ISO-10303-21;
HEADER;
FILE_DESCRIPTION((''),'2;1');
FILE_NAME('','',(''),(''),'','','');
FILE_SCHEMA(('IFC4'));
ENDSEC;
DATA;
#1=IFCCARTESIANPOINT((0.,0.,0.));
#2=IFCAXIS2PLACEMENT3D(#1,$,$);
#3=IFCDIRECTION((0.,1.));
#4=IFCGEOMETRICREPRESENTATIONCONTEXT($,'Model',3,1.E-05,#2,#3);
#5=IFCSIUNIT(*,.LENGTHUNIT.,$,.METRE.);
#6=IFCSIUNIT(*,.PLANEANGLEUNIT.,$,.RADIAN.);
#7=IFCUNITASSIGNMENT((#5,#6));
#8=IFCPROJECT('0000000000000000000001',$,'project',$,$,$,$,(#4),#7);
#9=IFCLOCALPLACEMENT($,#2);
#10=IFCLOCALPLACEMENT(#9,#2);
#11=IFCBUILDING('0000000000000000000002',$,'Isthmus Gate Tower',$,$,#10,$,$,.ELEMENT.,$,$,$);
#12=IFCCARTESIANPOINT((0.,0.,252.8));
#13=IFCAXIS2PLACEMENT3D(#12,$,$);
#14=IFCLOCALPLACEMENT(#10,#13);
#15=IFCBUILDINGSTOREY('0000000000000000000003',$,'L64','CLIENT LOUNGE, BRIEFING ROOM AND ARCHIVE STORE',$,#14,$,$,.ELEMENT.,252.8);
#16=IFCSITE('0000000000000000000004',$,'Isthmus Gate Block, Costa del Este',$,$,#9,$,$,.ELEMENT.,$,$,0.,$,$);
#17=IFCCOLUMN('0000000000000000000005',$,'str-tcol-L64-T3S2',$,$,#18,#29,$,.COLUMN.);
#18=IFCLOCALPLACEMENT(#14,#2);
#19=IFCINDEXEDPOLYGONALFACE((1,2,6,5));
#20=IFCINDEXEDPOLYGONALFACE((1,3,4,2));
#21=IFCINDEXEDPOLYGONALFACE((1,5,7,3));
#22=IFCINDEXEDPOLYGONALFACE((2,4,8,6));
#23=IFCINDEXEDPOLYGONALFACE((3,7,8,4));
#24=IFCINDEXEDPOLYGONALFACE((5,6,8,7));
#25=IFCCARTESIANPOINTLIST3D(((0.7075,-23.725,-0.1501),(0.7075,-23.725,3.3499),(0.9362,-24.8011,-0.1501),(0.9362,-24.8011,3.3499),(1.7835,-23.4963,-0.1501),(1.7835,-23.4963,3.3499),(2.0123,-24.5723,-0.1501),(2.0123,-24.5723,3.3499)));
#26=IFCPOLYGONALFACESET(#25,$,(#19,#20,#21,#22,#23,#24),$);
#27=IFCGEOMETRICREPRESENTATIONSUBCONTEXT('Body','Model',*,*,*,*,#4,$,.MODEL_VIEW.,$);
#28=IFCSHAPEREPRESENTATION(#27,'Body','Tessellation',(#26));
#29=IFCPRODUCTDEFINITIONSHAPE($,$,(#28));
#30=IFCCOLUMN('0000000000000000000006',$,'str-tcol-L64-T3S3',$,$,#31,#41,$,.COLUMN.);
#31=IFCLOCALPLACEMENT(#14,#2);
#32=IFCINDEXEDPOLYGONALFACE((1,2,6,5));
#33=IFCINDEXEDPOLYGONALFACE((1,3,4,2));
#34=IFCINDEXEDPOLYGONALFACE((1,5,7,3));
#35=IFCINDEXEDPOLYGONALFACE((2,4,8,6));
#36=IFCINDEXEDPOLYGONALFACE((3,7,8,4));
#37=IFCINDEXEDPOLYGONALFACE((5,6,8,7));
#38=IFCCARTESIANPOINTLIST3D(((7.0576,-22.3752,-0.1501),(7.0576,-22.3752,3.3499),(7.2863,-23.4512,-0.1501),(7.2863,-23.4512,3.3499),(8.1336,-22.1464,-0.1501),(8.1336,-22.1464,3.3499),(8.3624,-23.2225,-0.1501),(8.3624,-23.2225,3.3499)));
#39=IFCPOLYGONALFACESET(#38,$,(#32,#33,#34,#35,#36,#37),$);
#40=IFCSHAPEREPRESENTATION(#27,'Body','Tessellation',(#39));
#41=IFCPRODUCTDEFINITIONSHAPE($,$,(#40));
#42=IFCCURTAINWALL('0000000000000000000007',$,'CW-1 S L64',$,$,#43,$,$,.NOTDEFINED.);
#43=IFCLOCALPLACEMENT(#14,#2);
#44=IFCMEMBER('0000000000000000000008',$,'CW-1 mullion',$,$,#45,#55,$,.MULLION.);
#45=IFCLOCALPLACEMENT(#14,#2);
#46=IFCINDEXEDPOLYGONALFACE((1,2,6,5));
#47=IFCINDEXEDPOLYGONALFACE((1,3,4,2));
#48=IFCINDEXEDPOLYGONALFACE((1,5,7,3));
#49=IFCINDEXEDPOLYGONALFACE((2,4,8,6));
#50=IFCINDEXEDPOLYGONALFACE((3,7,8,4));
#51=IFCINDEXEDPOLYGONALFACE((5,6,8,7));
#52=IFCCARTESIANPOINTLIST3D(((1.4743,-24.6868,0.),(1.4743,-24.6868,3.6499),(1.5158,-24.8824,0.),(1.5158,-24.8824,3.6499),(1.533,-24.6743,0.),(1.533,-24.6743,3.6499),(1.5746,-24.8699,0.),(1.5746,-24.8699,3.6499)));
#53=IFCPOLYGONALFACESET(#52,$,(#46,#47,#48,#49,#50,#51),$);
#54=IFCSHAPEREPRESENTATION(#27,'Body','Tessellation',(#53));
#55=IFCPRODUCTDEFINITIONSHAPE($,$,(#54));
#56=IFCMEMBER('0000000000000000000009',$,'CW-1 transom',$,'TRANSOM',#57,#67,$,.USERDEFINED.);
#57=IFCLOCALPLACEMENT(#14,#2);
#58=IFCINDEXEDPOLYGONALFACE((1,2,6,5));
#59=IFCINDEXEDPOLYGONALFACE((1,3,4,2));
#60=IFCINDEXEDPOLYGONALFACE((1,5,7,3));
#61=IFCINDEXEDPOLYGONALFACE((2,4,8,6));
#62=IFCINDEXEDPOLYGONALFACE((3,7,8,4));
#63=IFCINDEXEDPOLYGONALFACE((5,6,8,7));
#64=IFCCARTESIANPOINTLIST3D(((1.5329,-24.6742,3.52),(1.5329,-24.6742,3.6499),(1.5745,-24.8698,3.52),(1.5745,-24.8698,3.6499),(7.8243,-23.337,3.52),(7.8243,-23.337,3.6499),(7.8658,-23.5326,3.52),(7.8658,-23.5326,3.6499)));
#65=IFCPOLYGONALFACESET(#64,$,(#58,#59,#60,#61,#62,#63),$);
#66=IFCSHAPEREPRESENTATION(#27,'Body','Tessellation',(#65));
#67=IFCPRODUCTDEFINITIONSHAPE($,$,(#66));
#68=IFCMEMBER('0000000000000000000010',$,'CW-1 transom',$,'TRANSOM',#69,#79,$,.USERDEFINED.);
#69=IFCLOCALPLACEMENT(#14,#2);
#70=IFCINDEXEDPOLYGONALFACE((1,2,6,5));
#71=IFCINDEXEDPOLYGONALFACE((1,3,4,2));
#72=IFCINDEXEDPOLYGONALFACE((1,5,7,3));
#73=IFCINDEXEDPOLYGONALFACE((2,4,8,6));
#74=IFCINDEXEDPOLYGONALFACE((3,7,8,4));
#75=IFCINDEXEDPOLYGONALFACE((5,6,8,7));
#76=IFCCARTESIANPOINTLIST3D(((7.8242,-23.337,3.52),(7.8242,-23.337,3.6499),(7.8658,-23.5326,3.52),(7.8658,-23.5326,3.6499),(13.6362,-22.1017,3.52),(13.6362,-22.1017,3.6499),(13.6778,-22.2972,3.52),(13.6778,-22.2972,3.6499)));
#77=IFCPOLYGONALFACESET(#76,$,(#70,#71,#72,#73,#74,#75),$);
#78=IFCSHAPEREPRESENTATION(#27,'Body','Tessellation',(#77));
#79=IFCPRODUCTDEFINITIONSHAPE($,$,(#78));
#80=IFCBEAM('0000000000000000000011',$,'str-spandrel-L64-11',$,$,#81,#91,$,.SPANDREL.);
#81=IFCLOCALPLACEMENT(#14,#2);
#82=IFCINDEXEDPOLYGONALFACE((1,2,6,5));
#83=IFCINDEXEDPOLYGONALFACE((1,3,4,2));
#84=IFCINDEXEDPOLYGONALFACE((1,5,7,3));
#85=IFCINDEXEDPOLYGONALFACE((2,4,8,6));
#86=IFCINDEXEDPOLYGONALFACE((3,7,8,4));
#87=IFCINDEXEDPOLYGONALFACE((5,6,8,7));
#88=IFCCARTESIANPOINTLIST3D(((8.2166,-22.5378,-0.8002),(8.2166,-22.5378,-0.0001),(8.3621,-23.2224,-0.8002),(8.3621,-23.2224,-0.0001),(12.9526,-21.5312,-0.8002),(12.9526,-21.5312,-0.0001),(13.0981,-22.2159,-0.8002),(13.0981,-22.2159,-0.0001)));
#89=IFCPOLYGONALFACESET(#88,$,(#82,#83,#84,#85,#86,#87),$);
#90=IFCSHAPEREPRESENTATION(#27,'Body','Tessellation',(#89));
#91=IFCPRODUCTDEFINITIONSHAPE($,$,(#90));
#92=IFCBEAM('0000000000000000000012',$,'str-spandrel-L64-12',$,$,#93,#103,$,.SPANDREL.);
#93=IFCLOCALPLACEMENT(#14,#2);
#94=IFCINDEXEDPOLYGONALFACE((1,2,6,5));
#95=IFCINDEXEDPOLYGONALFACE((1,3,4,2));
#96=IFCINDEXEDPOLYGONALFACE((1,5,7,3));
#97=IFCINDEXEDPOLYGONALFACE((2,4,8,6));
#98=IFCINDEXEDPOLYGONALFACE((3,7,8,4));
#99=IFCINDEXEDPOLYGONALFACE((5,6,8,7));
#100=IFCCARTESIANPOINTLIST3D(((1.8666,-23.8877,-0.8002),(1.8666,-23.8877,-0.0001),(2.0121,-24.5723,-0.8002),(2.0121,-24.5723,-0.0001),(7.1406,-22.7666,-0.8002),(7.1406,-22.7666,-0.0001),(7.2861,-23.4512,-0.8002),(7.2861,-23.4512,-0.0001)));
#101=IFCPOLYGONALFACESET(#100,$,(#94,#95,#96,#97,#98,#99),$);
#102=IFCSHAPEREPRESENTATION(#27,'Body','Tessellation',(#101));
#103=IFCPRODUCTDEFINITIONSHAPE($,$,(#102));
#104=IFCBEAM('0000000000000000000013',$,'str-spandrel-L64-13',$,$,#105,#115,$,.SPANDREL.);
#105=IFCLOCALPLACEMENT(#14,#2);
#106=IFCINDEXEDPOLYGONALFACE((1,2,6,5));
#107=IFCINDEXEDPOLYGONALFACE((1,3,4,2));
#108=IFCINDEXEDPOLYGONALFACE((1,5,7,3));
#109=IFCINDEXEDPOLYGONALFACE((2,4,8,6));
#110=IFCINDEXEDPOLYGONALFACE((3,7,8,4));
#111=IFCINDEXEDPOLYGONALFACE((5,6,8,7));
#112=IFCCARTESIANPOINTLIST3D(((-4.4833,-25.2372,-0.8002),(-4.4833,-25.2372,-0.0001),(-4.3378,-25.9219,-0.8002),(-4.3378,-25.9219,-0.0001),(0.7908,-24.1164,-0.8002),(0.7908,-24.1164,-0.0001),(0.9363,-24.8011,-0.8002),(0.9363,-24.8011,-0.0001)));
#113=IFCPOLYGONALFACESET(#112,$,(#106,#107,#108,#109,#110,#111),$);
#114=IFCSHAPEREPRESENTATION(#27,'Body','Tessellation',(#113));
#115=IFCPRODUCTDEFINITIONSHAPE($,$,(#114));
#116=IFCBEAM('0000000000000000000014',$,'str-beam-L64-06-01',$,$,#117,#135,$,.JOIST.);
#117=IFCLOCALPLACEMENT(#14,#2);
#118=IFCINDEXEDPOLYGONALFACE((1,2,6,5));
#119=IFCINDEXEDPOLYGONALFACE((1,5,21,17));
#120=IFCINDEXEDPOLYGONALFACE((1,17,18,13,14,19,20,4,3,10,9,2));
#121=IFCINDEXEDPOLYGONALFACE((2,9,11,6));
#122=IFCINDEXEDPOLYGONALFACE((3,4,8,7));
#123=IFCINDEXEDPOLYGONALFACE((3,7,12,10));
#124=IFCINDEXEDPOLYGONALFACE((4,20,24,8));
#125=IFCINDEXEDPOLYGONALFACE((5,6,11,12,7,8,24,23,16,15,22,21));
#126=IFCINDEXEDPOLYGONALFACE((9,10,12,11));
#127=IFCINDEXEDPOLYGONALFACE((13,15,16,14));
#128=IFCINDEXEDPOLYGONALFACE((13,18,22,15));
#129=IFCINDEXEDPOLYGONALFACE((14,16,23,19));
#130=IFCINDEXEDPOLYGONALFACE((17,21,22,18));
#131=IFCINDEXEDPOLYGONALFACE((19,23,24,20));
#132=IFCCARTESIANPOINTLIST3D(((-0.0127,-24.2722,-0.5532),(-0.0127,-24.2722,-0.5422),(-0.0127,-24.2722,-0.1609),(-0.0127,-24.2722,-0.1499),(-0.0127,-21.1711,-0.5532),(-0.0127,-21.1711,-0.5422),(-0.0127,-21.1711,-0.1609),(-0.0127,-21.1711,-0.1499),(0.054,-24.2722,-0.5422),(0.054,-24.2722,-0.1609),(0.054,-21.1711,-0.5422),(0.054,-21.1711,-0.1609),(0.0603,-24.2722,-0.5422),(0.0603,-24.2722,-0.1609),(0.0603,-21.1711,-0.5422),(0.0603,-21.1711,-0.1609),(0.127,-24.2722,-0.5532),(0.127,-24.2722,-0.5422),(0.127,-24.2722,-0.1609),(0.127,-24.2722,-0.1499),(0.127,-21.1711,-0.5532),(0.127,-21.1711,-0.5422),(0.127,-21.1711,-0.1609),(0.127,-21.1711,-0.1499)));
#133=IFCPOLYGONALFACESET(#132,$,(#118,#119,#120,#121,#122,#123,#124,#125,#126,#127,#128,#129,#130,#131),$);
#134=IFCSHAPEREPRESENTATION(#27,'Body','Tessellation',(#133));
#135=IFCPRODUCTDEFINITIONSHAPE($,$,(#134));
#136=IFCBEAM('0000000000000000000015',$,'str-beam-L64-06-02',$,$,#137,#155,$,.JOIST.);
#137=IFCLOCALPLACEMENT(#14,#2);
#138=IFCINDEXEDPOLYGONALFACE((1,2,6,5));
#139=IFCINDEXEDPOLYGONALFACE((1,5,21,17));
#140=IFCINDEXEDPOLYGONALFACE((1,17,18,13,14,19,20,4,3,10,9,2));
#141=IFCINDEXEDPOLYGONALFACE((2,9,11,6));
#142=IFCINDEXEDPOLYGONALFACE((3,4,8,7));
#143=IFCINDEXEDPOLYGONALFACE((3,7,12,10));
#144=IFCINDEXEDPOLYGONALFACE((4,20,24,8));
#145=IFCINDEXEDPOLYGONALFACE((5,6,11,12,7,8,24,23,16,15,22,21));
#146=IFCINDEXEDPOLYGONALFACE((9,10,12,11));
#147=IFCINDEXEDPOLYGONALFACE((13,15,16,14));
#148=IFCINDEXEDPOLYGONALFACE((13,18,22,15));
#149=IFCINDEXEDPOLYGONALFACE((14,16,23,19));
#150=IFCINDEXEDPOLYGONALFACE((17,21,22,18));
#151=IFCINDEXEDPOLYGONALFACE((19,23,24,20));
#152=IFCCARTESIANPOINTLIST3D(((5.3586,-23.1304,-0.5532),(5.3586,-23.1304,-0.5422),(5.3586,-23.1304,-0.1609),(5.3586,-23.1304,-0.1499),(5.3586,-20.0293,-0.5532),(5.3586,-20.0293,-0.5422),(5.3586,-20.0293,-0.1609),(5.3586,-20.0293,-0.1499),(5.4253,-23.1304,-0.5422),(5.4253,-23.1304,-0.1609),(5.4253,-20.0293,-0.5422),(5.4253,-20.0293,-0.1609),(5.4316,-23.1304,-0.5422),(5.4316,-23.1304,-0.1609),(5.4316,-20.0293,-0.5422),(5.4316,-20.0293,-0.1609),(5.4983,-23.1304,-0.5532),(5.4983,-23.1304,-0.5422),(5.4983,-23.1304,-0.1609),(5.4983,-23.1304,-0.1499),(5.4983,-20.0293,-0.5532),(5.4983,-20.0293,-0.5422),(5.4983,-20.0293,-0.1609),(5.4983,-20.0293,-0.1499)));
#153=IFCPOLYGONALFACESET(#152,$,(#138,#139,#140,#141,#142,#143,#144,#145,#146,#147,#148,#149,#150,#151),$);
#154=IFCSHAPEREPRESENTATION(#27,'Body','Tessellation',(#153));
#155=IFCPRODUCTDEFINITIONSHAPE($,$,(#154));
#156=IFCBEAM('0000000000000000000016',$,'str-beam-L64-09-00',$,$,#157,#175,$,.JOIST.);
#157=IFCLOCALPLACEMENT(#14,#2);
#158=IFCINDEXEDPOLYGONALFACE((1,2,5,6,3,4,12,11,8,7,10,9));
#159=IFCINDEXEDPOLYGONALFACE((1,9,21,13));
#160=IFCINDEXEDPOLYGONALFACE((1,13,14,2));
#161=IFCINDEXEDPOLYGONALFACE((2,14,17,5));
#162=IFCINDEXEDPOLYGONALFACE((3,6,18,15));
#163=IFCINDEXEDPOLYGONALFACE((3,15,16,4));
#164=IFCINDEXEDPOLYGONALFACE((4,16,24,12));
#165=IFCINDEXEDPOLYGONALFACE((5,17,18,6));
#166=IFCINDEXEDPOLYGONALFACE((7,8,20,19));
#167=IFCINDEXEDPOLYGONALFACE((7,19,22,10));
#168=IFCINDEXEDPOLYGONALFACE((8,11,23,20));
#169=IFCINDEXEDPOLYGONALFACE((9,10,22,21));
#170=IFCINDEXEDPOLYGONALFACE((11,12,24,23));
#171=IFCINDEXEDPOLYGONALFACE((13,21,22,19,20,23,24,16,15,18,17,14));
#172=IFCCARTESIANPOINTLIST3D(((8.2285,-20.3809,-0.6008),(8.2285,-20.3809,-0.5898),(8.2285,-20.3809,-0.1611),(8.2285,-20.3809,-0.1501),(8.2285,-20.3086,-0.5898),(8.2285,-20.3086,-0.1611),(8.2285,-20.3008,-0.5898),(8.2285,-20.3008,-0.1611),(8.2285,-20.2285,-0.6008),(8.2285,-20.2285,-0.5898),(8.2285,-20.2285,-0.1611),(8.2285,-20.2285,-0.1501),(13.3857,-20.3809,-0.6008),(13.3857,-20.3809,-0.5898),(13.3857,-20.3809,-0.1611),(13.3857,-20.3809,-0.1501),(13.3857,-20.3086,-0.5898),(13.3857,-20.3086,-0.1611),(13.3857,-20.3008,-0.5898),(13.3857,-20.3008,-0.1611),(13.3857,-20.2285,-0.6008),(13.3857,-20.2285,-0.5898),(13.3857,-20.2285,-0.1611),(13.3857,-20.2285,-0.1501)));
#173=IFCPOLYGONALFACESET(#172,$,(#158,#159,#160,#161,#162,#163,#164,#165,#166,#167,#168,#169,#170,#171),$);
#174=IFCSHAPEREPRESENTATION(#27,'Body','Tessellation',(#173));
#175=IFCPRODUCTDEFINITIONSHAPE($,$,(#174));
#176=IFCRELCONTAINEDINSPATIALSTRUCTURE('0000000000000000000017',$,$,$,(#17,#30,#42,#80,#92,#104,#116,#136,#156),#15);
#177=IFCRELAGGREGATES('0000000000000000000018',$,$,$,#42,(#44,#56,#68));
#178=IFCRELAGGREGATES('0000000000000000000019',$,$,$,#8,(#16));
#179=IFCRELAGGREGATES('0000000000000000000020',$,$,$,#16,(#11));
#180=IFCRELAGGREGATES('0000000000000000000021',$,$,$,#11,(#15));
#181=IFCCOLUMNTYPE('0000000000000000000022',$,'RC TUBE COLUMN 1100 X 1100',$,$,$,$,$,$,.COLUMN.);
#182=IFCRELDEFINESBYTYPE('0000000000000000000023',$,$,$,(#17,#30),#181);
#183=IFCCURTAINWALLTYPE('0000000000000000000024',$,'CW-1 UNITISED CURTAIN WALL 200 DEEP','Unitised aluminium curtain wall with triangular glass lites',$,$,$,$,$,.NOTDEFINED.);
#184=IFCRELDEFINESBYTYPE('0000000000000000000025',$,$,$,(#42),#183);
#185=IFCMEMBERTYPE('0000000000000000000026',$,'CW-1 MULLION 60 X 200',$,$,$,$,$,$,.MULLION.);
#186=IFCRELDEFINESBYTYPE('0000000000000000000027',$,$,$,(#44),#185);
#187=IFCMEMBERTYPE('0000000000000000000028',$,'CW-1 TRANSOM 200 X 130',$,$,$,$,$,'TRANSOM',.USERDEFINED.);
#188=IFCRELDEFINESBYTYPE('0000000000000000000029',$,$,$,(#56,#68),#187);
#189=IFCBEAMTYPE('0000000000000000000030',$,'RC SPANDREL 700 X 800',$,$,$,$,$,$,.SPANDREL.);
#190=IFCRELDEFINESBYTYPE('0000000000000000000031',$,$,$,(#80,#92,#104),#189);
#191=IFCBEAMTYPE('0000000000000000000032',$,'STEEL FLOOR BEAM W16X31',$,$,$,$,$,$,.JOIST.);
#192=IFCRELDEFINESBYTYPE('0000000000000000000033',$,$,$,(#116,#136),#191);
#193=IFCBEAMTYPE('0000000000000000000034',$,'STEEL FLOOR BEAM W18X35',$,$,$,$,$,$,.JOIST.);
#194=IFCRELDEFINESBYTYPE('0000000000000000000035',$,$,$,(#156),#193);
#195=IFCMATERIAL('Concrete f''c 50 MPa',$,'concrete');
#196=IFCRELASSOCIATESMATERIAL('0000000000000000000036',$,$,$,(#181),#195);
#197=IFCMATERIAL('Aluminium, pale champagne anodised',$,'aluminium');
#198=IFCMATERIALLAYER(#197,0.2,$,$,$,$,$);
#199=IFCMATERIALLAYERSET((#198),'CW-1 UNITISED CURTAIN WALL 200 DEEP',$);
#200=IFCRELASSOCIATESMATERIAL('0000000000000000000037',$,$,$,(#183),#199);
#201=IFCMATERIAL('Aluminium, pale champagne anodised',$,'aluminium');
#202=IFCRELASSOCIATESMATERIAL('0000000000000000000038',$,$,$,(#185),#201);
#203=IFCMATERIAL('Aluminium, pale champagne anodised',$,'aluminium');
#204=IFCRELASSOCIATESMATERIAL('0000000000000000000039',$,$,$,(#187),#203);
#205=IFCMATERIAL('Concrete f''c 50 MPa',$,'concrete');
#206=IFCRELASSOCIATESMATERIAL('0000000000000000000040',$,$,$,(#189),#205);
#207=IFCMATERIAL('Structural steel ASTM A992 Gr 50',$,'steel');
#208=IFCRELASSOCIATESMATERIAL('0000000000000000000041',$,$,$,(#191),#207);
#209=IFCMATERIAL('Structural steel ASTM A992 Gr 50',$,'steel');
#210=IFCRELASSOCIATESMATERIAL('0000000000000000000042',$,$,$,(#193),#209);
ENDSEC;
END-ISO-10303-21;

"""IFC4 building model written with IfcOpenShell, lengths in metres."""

from ifc_helpers import new_model, si_unit, direction, frame, origin, origin_2d, place, context, subcontext, project, spatial, rectangle, i_section, extrude, material, layer, layer_set, material_profile, profile_set, type_object, element, aggregate, save


model = new_model("IFC4")

# Units and contexts
model_context = context("Model", 3, precision=1e-05, world=origin(), true_north=direction((0.0, 1.0)))
body_context = subcontext(model_context, "Body", "Model", "MODEL_VIEW")
ifc_project = project(units=[si_unit("LENGTHUNIT", "METRE"), si_unit("PLANEANGLEUNIT", "RADIAN")], contexts=[model_context])

# Site, building, storey
site_placement = place(None, origin())
site = spatial("IfcSite", under=ifc_project, at=site_placement, Name="Isthmus Gate Block, Costa del Este", CompositionType="ELEMENT", RefElevation=0.0)
building_placement = place(site_placement, origin())
building = spatial("IfcBuilding", under=site, at=building_placement, Name="Isthmus Gate Tower", CompositionType="ELEMENT")
storey_placement = place(building_placement, frame((0.0, 0.0, 252.8)))
storey = spatial("IfcBuildingStorey", under=building, at=storey_placement, Name="L64", Description="CLIENT LOUNGE, BRIEFING ROOM AND ARCHIVE STORE", CompositionType="ELEMENT", Elevation=252.8)

# Columns
ifc_material_1 = material(Name="Concrete f'c 50 MPa", Category="concrete")
ifc_material_profile_1 = material_profile(ifc_material_1, rectangle(XDim=1.1001, YDim=1.1001, at=origin_2d()), Name="RC 1100X1100")
ifc_profile_set_1 = profile_set([ifc_material_profile_1], Name="Concrete f'c 50 MPa")
column_type = type_object("IfcColumnType", Name="RC TUBE COLUMN 1100 X 1100", PredefinedType="COLUMN", material=ifc_profile_set_1)
for number, where, z_axis, x_axis, name in (
    (1, (1.3599, -24.1487, -0.1501), (0.0, 0.0, 1.0), (0.978148, 0.207912, 0.0), "str-tcol-L64-T3S2"),
    (2, (7.71, -22.7988, -0.1501), (0.0, 0.0, 1.0), (0.978148, 0.207912, 0.0), "str-tcol-L64-T3S3"),
):
    element("IfcColumn", number, at=place(storey_placement, frame(where, z_axis=z_axis, x_axis=x_axis)), inside=storey, type_object=column_type, Name=name, PredefinedType="COLUMN", context=body_context, shape_type="SweptSolid", body=[
        extrude(rectangle(XDim=1.1001, YDim=1.1001, at=origin_2d()), origin(), (0.0, 0.0, 1.0), 3.5),
    ])

# Curtain wall, members
ifc_material_2 = material(Name="Aluminium, pale champagne anodised", Category="aluminium")
ifc_layer_1 = layer(ifc_material_2, 0.2)
ifc_layer_set_1 = layer_set([ifc_layer_1], Name="CW-1 UNITISED CURTAIN WALL 200 DEEP")
curtain_wall_type = type_object("IfcCurtainWallType", Name="CW-1 UNITISED CURTAIN WALL 200 DEEP", Description="Unitised aluminium curtain wall with triangular glass lites", PredefinedType="NOTDEFINED", material=ifc_layer_set_1)
curtain_wall_placement = place(storey_placement, origin())
curtain_wall = element("IfcCurtainWall", 3, at=curtain_wall_placement, inside=storey, type_object=curtain_wall_type, Name="CW-1 S L64", PredefinedType="NOTDEFINED")
ifc_material_3 = material(Name="Aluminium, pale champagne anodised", Category="aluminium")
ifc_material_profile_2 = material_profile(ifc_material_3, rectangle(XDim=0.0601, YDim=0.2, at=origin_2d()), Name="60x200")
ifc_profile_set_2 = profile_set([ifc_material_profile_2], Name="Aluminium, pale champagne anodised")
member_type_1 = type_object("IfcMemberType", Name="CW-1 MULLION 60 X 200", PredefinedType="MULLION", material=ifc_profile_set_2)
member_1_placement = place(storey_placement, frame((1.5244, -24.7783, 0.0), z_axis=(0.0, 0.0, 1.0), x_axis=(0.978148, 0.207912, 0.0)))
member_1 = element("IfcMember", 4, at=member_1_placement, type_object=member_type_1, Name="CW-1 mullion", PredefinedType="MULLION", context=body_context, shape_type="SweptSolid", body=[
    extrude(rectangle(XDim=0.0601, YDim=0.2, at=origin_2d()), origin(), (0.0, 0.0, 1.0), 3.6499),
])
ifc_material_4 = material(Name="Aluminium, pale champagne anodised", Category="aluminium")
ifc_material_profile_3 = material_profile(ifc_material_4, rectangle(XDim=0.2, YDim=0.1299, at=origin_2d()), Name="200x130")
ifc_profile_set_3 = profile_set([ifc_material_profile_3], Name="Aluminium, pale champagne anodised")
member_type_2 = type_object("IfcMemberType", Name="CW-1 TRANSOM 200 X 130", ElementType="TRANSOM", PredefinedType="USERDEFINED", material=ifc_profile_set_3)
member_2_placement = place(storey_placement, frame((1.5537, -24.772, 3.585), z_axis=(0.97815, 0.207898, 0.0), x_axis=(-0.207898, 0.97815, 0.0)))
member_2 = element("IfcMember", 5, at=member_2_placement, type_object=member_type_2, Name="CW-1 transom", ObjectType="TRANSOM", PredefinedType="USERDEFINED", context=body_context, shape_type="SweptSolid", body=[
    extrude(rectangle(XDim=0.2, YDim=0.1299, at=origin_2d()), origin(), (0.0, 0.0, 1.0), 6.4319),
])
member_3_placement = place(storey_placement, frame((7.845, -23.4348, 3.585), z_axis=(0.978149, 0.207907, 0.0), x_axis=(-0.207907, 0.978149, 0.0)))
member_3 = element("IfcMember", 6, at=member_3_placement, type_object=member_type_2, Name="CW-1 transom", ObjectType="TRANSOM", PredefinedType="USERDEFINED", context=body_context, shape_type="SweptSolid", body=[
    extrude(rectangle(XDim=0.2, YDim=0.1299, at=origin_2d()), origin(), (0.0, 0.0, 1.0), 5.9419),
])

# Beams
ifc_material_5 = material(Name="Concrete f'c 50 MPa", Category="concrete")
ifc_material_profile_4 = material_profile(ifc_material_5, rectangle(XDim=0.7, YDim=0.8, at=origin_2d()), Name="RC 700X800")
ifc_profile_set_4 = profile_set([ifc_material_profile_4], Name="Concrete f'c 50 MPa")
beam_type_1 = type_object("IfcBeamType", Name="RC SPANDREL 700 X 800", PredefinedType="SPANDREL", material=ifc_profile_set_4)
beam_1_placement = place(storey_placement, frame((13.0254, -21.8735, -0.4001), z_axis=(-0.978152, -0.207893, 0.0), x_axis=(0.207893, -0.978152, 0.0)))
element("IfcBeam", 7, at=beam_1_placement, inside=storey, type_object=beam_type_1, Name="str-spandrel-L64-11", PredefinedType="SPANDREL", context=body_context, shape_type="SweptSolid", body=[
    extrude(rectangle(XDim=0.7, YDim=0.8, at=origin_2d()), origin(), (0.0, 0.0, 1.0), 4.8418),
])
for number, where, z_axis, x_axis, name in (
    (8, (7.2134, -23.1089, -0.4001), (-0.978144, -0.207927, 0.0), (0.207927, -0.978144, 0.0), "str-spandrel-L64-12"),
    (9, (0.8635, -24.4587, -0.4001), (-0.978156, -0.207874, 0.0), (0.207874, -0.978156, 0.0), "str-spandrel-L64-13"),
):
    element("IfcBeam", number, at=place(storey_placement, frame(where, z_axis=z_axis, x_axis=x_axis)), inside=storey, type_object=beam_type_1, Name=name, PredefinedType="SPANDREL", context=body_context, shape_type="SweptSolid", body=[
        extrude(rectangle(XDim=0.7, YDim=0.8, at=origin_2d()), origin(), (0.0, 0.0, 1.0), 5.3918),
    ])
ifc_material_6 = material(Name="Structural steel ASTM A992 Gr 50", Category="steel")
ifc_material_profile_5 = material_profile(ifc_material_6, i_section(OverallWidth=0.1396, OverallDepth=0.4033, WebThickness=0.0063, FlangeThickness=0.011, at=origin_2d()), Name="W16X31")
ifc_profile_set_5 = profile_set([ifc_material_profile_5], Name="Structural steel ASTM A992 Gr 50")
beam_type_2 = type_object("IfcBeamType", Name="STEEL FLOOR BEAM W16X31", PredefinedType="JOIST", material=ifc_profile_set_5)
for number, where, z_axis, x_axis, name in (
    (10, (0.0571, -24.2722, -0.3516), (0.0, 1.0, 0.0), (-1.0, 0.0, 0.0), "str-beam-L64-06-01"),
    (11, (5.4285, -23.1304, -0.3516), (0.0, 1.0, 0.0), (-1.0, 0.0, 0.0), "str-beam-L64-06-02"),
):
    element("IfcBeam", number, at=place(storey_placement, frame(where, z_axis=z_axis, x_axis=x_axis)), inside=storey, type_object=beam_type_2, Name=name, PredefinedType="JOIST", context=body_context, shape_type="SweptSolid", body=[
        extrude(i_section(OverallWidth=0.1396, OverallDepth=0.4033, WebThickness=0.0063, FlangeThickness=0.011, at=origin_2d()), origin(), (0.0, 0.0, 1.0), 3.1011),
    ])
ifc_material_7 = material(Name="Structural steel ASTM A992 Gr 50", Category="steel")
ifc_material_profile_6 = material_profile(ifc_material_7, i_section(OverallWidth=0.1523, OverallDepth=0.4507, WebThickness=0.0078, FlangeThickness=0.011, at=origin_2d()), Name="W18X35")
ifc_profile_set_6 = profile_set([ifc_material_profile_6], Name="Structural steel ASTM A992 Gr 50")
beam_type_3 = type_object("IfcBeamType", Name="STEEL FLOOR BEAM W18X35", PredefinedType="JOIST", material=ifc_profile_set_6)
for number, where, z_axis, x_axis, name in (
    (12, (8.2285, -20.3047, -0.3755), (1.0, 0.0, 0.0), (0.0, 1.0, 0.0), "str-beam-L64-09-00"),
):
    element("IfcBeam", number, at=place(storey_placement, frame(where, z_axis=z_axis, x_axis=x_axis)), inside=storey, type_object=beam_type_3, Name=name, PredefinedType="JOIST", context=body_context, shape_type="SweptSolid", body=[
        extrude(i_section(OverallWidth=0.1523, OverallDepth=0.4507, WebThickness=0.0078, FlangeThickness=0.011, at=origin_2d()), origin(), (0.0, 0.0, 1.0), 5.1572),
    ])

aggregate(curtain_wall, [member_1, member_2, member_3])

save(model, "model.ifc")
